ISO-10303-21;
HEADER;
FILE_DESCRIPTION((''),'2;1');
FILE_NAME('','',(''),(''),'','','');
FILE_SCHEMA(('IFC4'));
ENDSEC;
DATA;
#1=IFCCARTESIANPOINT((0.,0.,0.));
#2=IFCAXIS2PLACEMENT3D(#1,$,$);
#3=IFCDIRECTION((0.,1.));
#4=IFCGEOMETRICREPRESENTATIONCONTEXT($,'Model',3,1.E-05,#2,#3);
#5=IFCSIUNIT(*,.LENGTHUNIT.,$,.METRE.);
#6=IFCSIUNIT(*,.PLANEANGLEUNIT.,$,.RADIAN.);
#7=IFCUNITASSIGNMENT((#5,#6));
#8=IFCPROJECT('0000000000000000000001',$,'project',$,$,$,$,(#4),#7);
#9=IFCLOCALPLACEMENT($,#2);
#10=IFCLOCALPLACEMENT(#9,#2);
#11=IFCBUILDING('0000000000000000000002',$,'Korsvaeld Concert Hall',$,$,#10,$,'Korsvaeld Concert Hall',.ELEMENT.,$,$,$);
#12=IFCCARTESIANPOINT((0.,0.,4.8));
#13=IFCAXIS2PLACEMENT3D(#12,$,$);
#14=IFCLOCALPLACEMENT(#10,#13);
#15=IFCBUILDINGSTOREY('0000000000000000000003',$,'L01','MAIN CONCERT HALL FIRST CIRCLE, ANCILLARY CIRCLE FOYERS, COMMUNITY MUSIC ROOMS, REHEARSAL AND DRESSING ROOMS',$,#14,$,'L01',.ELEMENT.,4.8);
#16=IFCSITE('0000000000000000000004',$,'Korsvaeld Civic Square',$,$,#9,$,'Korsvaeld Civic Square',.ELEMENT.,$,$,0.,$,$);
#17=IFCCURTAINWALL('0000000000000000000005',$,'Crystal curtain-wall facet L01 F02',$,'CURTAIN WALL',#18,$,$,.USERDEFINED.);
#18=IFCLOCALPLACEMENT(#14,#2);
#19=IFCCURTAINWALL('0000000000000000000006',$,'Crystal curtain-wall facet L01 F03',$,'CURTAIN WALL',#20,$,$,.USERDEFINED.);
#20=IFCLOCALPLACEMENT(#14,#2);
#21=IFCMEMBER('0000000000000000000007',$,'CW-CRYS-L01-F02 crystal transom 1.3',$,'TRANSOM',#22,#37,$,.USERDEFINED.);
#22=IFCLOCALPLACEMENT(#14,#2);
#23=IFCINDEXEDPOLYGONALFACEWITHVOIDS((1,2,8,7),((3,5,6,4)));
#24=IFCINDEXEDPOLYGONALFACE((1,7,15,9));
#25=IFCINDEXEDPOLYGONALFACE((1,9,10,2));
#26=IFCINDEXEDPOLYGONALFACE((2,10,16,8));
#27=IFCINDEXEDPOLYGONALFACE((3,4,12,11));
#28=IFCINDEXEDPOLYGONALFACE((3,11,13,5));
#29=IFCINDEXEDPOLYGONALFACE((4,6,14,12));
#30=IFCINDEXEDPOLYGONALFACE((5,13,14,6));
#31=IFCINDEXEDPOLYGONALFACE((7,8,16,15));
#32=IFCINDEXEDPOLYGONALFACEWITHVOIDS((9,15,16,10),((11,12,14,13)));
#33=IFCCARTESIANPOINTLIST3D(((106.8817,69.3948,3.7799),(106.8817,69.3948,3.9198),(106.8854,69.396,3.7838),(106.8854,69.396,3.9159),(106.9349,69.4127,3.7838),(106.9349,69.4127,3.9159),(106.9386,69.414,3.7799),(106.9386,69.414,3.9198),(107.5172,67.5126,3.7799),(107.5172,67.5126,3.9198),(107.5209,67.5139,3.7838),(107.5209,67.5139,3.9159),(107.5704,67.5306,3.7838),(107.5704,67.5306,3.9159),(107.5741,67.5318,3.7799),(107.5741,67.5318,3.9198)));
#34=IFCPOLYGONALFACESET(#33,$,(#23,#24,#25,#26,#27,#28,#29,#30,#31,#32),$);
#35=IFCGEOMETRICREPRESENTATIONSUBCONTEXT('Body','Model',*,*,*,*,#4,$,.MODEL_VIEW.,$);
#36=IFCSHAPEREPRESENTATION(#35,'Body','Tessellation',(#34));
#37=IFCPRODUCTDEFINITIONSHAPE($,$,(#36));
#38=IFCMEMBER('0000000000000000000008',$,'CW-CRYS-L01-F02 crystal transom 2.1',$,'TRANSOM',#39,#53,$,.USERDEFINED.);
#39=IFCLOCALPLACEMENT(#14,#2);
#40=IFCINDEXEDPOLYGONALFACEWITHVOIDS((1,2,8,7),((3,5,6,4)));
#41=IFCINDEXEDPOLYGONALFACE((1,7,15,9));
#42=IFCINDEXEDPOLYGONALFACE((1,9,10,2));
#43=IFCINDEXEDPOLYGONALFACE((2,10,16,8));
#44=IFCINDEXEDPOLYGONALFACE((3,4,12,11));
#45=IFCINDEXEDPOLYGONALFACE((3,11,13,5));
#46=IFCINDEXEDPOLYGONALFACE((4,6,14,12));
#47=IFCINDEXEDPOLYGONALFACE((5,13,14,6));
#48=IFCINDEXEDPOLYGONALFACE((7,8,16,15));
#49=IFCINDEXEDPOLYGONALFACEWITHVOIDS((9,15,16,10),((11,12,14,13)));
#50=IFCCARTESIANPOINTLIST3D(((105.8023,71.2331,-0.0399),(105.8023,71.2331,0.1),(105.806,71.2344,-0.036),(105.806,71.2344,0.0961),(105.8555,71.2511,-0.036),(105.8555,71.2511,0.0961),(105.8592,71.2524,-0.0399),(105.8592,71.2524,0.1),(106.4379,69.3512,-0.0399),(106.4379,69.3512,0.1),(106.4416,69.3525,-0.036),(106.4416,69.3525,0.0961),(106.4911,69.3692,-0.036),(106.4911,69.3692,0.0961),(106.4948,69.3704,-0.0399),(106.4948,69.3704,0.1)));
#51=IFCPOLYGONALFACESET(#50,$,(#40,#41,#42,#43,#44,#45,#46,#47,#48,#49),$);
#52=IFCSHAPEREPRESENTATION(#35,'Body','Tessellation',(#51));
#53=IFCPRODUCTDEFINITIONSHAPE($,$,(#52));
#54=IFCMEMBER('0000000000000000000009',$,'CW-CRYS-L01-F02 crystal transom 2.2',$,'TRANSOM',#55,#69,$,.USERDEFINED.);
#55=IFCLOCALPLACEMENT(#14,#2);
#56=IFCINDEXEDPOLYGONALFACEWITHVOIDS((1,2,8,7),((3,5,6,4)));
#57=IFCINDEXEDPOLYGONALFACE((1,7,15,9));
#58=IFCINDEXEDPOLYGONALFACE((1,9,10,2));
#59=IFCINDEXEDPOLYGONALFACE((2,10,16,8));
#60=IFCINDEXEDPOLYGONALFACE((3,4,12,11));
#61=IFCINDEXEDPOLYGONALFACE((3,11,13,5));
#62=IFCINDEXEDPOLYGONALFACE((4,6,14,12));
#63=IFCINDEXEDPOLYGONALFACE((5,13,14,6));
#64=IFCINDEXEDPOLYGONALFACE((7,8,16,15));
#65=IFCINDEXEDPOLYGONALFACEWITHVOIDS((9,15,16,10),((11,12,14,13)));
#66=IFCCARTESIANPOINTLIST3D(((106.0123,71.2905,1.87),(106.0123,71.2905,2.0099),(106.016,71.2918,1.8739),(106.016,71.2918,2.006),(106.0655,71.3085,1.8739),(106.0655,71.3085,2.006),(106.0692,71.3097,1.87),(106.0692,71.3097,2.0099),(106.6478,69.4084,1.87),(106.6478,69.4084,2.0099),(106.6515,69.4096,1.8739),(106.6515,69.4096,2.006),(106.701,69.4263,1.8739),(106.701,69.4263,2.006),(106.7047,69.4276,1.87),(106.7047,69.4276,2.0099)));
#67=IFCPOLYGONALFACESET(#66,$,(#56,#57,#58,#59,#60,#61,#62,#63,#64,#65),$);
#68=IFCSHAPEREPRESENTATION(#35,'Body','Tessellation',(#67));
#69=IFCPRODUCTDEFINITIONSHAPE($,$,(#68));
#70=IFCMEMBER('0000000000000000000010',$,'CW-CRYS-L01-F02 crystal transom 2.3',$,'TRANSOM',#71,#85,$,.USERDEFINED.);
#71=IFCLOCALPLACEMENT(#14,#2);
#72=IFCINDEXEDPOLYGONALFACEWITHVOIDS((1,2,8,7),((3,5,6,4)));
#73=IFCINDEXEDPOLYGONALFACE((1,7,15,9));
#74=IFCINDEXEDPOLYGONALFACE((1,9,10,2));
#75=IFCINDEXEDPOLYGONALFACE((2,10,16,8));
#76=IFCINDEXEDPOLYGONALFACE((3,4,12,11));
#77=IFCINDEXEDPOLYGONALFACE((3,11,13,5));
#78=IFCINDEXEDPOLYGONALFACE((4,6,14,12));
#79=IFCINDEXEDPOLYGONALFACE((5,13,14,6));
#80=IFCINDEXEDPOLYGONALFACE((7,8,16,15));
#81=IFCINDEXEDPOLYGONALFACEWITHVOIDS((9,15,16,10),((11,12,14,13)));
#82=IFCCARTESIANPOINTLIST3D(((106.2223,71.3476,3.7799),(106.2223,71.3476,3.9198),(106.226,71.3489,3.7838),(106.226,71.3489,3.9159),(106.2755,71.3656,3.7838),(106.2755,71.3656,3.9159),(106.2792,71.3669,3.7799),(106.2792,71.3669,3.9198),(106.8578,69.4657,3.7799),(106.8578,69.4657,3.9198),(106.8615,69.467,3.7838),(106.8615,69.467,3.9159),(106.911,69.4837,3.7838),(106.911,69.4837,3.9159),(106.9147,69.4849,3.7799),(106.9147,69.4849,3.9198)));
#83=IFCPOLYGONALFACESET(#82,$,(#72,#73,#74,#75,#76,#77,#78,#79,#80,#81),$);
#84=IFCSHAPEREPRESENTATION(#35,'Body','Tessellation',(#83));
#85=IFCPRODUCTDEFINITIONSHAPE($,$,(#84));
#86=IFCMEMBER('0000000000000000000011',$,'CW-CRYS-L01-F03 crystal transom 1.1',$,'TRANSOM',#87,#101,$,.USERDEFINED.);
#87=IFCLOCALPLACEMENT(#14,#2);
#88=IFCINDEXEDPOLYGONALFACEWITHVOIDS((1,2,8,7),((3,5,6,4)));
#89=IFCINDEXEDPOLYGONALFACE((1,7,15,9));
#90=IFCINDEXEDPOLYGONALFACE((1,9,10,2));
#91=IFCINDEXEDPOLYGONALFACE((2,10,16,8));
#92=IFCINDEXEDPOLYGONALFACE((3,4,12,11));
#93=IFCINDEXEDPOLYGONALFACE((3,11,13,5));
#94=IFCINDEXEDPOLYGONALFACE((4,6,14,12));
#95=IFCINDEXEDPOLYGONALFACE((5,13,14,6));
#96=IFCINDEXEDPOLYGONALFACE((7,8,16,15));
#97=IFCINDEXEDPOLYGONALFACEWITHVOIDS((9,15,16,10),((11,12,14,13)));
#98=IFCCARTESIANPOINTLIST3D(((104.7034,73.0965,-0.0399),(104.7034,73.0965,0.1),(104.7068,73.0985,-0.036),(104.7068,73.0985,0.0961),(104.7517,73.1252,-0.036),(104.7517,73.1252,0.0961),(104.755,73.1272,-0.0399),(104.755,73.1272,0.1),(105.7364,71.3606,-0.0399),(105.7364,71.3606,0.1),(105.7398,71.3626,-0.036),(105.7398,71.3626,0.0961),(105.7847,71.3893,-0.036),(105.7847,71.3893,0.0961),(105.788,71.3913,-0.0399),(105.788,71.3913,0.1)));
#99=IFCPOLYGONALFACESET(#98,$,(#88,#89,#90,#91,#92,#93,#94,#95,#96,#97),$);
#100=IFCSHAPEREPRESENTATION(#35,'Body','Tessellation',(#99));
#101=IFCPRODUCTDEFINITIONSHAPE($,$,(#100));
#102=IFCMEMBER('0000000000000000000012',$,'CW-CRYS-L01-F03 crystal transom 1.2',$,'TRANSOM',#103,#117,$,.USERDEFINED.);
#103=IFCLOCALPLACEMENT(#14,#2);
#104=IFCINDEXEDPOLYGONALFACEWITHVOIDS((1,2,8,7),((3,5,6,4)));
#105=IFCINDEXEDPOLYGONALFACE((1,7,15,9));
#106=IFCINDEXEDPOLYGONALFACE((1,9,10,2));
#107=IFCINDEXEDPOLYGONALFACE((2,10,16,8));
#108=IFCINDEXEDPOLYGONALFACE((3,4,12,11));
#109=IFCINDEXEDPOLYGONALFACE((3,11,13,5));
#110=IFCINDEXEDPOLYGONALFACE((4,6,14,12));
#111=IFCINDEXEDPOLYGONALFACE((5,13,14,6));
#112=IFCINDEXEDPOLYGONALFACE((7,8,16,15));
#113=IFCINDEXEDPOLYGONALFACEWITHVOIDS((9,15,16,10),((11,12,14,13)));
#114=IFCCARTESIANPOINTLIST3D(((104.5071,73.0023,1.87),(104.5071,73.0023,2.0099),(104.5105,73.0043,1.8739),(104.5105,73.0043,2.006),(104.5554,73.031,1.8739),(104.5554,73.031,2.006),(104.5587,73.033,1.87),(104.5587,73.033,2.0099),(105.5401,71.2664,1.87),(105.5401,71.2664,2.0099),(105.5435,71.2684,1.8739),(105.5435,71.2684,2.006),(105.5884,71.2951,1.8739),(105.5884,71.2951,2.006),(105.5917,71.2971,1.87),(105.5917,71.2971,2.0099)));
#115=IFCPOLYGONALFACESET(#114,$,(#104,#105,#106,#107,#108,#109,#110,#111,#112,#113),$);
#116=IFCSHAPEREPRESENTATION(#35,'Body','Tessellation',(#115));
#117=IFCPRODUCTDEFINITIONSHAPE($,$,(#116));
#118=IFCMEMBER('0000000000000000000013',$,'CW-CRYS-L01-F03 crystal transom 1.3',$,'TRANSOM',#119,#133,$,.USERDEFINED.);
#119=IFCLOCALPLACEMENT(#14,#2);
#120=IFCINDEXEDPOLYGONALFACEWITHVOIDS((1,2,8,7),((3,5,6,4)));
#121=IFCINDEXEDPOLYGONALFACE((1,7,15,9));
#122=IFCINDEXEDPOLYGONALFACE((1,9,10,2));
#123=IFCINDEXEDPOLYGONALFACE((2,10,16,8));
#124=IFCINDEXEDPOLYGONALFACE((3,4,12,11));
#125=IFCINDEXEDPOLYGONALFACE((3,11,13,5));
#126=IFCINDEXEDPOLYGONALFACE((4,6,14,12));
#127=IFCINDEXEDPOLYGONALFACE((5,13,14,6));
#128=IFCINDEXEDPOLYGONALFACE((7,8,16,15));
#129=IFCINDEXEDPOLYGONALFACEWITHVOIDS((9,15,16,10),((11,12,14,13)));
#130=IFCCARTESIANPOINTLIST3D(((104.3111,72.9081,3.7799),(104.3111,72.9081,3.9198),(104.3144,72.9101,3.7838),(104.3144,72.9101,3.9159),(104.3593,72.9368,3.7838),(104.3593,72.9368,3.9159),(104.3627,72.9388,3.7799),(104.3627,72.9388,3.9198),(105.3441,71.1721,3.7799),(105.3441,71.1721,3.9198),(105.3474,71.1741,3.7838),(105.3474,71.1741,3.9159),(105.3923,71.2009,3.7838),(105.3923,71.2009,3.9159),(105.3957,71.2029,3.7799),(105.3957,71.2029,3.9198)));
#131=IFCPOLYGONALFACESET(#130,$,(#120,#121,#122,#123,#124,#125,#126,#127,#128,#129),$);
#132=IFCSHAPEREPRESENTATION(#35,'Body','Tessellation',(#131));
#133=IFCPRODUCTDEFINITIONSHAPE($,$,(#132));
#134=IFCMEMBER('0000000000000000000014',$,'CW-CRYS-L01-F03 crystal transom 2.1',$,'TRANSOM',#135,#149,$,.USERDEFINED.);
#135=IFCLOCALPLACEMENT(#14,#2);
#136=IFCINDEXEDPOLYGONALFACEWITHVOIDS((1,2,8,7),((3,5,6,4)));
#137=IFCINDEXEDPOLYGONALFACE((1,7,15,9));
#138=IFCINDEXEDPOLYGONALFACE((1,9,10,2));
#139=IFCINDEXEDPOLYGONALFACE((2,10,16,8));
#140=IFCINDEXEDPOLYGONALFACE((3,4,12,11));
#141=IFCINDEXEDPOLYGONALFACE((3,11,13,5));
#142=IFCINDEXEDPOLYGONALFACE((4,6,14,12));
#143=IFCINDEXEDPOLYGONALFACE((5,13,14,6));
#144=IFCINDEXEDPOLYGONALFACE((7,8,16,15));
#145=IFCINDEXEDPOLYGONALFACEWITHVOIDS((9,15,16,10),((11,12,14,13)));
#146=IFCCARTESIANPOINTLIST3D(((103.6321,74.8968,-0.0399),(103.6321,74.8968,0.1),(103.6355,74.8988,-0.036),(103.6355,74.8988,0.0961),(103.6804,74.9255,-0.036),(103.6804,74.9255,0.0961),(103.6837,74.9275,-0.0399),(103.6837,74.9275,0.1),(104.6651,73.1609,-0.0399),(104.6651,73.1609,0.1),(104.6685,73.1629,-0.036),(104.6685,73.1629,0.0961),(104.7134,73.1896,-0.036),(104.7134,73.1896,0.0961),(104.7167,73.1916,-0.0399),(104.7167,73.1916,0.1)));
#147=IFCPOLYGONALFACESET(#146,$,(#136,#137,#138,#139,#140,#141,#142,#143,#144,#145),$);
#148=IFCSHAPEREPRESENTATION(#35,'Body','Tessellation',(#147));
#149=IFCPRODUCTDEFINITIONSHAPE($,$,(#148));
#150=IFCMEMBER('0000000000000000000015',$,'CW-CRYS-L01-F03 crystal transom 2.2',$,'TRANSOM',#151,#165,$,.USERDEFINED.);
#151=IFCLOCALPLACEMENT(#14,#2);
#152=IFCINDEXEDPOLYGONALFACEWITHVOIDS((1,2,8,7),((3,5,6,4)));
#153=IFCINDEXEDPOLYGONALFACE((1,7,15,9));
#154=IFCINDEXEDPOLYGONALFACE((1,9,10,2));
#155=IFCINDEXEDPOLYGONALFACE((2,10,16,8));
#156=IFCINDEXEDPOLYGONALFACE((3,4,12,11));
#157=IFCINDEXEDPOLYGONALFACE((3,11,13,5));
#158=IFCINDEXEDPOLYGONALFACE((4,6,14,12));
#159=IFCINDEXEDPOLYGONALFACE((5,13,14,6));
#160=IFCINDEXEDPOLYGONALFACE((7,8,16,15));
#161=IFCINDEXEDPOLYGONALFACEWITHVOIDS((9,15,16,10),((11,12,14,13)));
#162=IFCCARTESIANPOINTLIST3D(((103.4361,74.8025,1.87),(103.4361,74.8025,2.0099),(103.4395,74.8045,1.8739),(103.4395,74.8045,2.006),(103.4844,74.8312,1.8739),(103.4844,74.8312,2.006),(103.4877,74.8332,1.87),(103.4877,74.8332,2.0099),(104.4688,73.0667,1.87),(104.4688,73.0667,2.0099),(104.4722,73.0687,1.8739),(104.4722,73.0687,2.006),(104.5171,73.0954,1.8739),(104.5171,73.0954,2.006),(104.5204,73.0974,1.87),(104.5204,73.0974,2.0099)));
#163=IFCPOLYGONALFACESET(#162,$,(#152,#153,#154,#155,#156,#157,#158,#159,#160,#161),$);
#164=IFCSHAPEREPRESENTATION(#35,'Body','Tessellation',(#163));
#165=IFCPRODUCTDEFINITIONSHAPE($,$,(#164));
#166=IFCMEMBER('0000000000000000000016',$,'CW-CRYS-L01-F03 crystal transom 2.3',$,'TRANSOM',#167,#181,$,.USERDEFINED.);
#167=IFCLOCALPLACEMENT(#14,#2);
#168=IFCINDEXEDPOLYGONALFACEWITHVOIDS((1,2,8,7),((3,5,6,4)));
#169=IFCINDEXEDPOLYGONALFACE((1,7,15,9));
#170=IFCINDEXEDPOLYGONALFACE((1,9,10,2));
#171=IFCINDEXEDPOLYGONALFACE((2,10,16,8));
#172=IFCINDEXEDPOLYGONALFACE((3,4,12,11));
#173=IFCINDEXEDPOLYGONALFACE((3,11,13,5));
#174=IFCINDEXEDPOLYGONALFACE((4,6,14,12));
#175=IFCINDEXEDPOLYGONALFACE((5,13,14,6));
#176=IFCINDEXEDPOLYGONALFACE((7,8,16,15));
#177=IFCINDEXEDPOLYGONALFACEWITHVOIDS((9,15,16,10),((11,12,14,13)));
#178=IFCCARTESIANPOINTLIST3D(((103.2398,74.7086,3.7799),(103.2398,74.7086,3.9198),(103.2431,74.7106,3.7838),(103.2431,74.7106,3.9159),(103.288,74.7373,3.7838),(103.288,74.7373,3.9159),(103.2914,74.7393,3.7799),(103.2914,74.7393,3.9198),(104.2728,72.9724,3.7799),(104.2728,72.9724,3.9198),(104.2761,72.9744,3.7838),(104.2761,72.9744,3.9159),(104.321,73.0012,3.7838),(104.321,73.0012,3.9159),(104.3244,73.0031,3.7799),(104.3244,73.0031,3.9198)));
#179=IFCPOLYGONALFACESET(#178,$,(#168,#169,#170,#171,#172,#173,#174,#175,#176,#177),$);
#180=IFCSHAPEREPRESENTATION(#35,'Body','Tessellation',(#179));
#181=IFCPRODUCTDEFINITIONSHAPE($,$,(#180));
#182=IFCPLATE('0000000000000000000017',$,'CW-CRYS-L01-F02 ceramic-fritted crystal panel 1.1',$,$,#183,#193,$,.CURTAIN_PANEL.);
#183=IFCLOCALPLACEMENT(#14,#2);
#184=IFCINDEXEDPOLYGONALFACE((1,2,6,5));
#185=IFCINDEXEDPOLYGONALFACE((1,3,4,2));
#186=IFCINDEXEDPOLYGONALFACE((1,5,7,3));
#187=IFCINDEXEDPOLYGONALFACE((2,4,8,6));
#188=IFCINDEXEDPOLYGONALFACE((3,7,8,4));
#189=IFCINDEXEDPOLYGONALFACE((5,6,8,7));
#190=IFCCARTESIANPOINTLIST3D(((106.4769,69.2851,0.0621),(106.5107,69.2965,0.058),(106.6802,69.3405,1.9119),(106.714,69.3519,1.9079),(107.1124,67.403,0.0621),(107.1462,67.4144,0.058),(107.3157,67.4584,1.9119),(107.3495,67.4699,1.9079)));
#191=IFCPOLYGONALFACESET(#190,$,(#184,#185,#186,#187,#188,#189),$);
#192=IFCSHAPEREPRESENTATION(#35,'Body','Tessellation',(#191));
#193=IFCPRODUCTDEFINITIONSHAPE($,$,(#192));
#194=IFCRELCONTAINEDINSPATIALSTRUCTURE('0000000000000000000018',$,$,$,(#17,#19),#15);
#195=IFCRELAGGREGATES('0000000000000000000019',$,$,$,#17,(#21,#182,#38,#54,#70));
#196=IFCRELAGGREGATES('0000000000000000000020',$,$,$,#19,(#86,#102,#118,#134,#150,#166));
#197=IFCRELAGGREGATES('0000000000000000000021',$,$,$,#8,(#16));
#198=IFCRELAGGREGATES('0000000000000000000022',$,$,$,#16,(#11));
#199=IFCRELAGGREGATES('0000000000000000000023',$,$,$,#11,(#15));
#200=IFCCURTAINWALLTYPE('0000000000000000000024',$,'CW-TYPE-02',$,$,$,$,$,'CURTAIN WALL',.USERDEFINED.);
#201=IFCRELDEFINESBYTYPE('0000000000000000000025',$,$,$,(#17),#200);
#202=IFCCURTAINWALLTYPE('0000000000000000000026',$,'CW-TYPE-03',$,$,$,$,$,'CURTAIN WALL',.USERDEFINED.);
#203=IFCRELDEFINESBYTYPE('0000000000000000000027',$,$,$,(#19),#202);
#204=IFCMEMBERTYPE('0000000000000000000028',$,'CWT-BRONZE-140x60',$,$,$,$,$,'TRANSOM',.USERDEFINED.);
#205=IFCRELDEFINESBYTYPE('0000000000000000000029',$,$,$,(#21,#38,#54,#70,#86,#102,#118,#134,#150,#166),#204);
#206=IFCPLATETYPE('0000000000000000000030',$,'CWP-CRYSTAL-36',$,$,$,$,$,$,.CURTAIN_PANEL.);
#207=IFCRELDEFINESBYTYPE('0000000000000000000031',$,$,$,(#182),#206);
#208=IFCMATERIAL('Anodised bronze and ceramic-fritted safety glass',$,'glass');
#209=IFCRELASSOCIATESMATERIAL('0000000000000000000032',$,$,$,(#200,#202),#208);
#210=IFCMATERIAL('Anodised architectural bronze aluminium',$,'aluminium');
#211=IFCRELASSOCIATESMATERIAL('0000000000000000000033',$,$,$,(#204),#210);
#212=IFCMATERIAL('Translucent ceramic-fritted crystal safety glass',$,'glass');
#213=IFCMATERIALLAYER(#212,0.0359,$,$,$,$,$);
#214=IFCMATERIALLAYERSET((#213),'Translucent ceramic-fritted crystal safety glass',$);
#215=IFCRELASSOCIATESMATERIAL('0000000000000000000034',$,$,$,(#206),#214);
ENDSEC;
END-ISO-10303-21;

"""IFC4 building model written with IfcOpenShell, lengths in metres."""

from ifc_helpers import new_model, si_unit, direction, frame, origin, origin_2d, place, context, subcontext, project, spatial, polyline, hollow_rectangle, outline, extrude, material, layer, layer_set, material_profile, profile_set, type_object, element, aggregate, save


model = new_model("IFC4")

# Units and contexts
model_context = context("Model", 3, precision=1e-05, world=origin(), true_north=direction((0.0, 1.0)))
body_context = subcontext(model_context, "Body", "Model", "MODEL_VIEW")
ifc_project = project(units=[si_unit("LENGTHUNIT", "METRE"), si_unit("PLANEANGLEUNIT", "RADIAN")], contexts=[model_context])

# Site, building, storey
site_placement = place(None, origin())
site = spatial("IfcSite", under=ifc_project, at=site_placement, Name="Korsvaeld Civic Square", LongName="Korsvaeld Civic Square", CompositionType="ELEMENT", RefElevation=0.0)
building_placement = place(site_placement, origin())
building = spatial("IfcBuilding", under=site, at=building_placement, Name="Korsvaeld Concert Hall", LongName="Korsvaeld Concert Hall", CompositionType="ELEMENT")
storey_placement = place(building_placement, frame((0.0, 0.0, 4.8)))
storey = spatial("IfcBuildingStorey", under=building, at=storey_placement, Name="L01", Description="MAIN CONCERT HALL FIRST CIRCLE, ANCILLARY CIRCLE FOYERS, COMMUNITY MUSIC ROOMS, REHEARSAL AND DRESSING ROOMS", LongName="L01", CompositionType="ELEMENT", Elevation=4.8)

# Curtain walls
ifc_material_1 = material(Name="Anodised bronze and ceramic-fritted safety glass", Category="glass")
curtain_wall_type_1 = type_object("IfcCurtainWallType", Name="CW-TYPE-02", ElementType="CURTAIN WALL", PredefinedType="USERDEFINED", material=ifc_material_1)
curtain_wall_1_placement = place(storey_placement, origin())
curtain_wall_1 = element("IfcCurtainWall", 1, at=curtain_wall_1_placement, inside=storey, type_object=curtain_wall_type_1, Name="Crystal curtain-wall facet L01 F02", ObjectType="CURTAIN WALL", PredefinedType="USERDEFINED")
ifc_material_2 = material(Name="Anodised architectural bronze aluminium", Category="aluminium")
curtain_wall_type_2 = type_object("IfcCurtainWallType", Name="CW-TYPE-03", ElementType="CURTAIN WALL", PredefinedType="USERDEFINED", material=ifc_material_1)
curtain_wall_2_placement = place(storey_placement, origin())
curtain_wall_2 = element("IfcCurtainWall", 2, at=curtain_wall_2_placement, inside=storey, type_object=curtain_wall_type_2, Name="Crystal curtain-wall facet L01 F03", ObjectType="CURTAIN WALL", PredefinedType="USERDEFINED")

# Members
ifc_material_profile_1 = material_profile(ifc_material_2, hollow_rectangle(XDim=0.0601, YDim=0.1399, WallThickness=0.0039, at=origin_2d()), Name="CWT 140x60x4")
ifc_profile_set_1 = profile_set([ifc_material_profile_1], Name="Anodised architectural bronze aluminium")
member_type_1 = type_object("IfcMemberType", Name="CWT-BRONZE-140x60", ElementType="TRANSOM", PredefinedType="USERDEFINED", material=ifc_profile_set_1)
member_1_placement = place(storey_placement, frame((107.5457, 67.5222, 3.8499), z_axis=(-0.319912, 0.947447, 0.0), x_axis=(-0.947447, -0.319912, 0.0)))
member_1 = element("IfcMember", 3, at=member_1_placement, type_object=member_type_1, Name="CW-CRYS-L01-F02 crystal transom 1.3", ObjectType="TRANSOM", PredefinedType="USERDEFINED", context=body_context, shape_type="SweptSolid", body=[
    extrude(hollow_rectangle(XDim=0.0601, YDim=0.1399, WallThickness=0.0039, at=origin_2d()), origin(), (0.0, 0.0, 1.0), 1.9866),
])
member_2_placement = place(storey_placement, frame((106.4663, 69.3608, 0.03), z_axis=(-0.31995, 0.947435, 0.0), x_axis=(-0.947435, -0.31995, 0.0)))
member_2 = element("IfcMember", 4, at=member_2_placement, type_object=member_type_1, Name="CW-CRYS-L01-F02 crystal transom 2.1", ObjectType="TRANSOM", PredefinedType="USERDEFINED", context=body_context, shape_type="SweptSolid", body=[
    extrude(hollow_rectangle(XDim=0.0601, YDim=0.1399, WallThickness=0.0039, at=origin_2d()), origin(), (0.0, 0.0, 1.0), 1.9863),
])
member_3_placement = place(storey_placement, frame((106.6763, 69.418, 1.9399), z_axis=(-0.319912, 0.947447, 0.0), x_axis=(-0.947447, -0.319912, 0.0)))
member_3 = element("IfcMember", 5, at=member_3_placement, type_object=member_type_1, Name="CW-CRYS-L01-F02 crystal transom 2.2", ObjectType="TRANSOM", PredefinedType="USERDEFINED", context=body_context, shape_type="SweptSolid", body=[
    extrude(hollow_rectangle(XDim=0.0601, YDim=0.1399, WallThickness=0.0039, at=origin_2d()), origin(), (0.0, 0.0, 1.0), 1.9866),
])
member_4_placement = place(storey_placement, frame((106.8862, 69.4753, 3.8499), z_axis=(-0.31995, 0.947435, 0.0), x_axis=(-0.947435, -0.31995, 0.0)))
member_4 = element("IfcMember", 6, at=member_4_placement, type_object=member_type_1, Name="CW-CRYS-L01-F02 crystal transom 2.3", ObjectType="TRANSOM", PredefinedType="USERDEFINED", context=body_context, shape_type="SweptSolid", body=[
    extrude(hollow_rectangle(XDim=0.0601, YDim=0.1399, WallThickness=0.0039, at=origin_2d()), origin(), (0.0, 0.0, 1.0), 1.9863),
])
member_5_placement = place(storey_placement, frame((105.7622, 71.376, 0.03), z_axis=(-0.511382, 0.859354, 0.0), x_axis=(-0.859354, -0.511382, 0.0)))
member_5 = element("IfcMember", 7, at=member_5_placement, type_object=member_type_1, Name="CW-CRYS-L01-F03 crystal transom 1.1", ObjectType="TRANSOM", PredefinedType="USERDEFINED", context=body_context, shape_type="SweptSolid", body=[
    extrude(hollow_rectangle(XDim=0.0601, YDim=0.1399, WallThickness=0.0039, at=origin_2d()), origin(), (0.0, 0.0, 1.0), 2.02),
])
member_6_placement = place(storey_placement, frame((105.5659, 71.2817, 1.9399), z_axis=(-0.511382, 0.859354, 0.0), x_axis=(-0.859354, -0.511382, 0.0)))
member_6 = element("IfcMember", 8, at=member_6_placement, type_object=member_type_1, Name="CW-CRYS-L01-F03 crystal transom 1.2", ObjectType="TRANSOM", PredefinedType="USERDEFINED", context=body_context, shape_type="SweptSolid", body=[
    extrude(hollow_rectangle(XDim=0.0601, YDim=0.1399, WallThickness=0.0039, at=origin_2d()), origin(), (0.0, 0.0, 1.0), 2.02),
])
member_7_placement = place(storey_placement, frame((105.3699, 71.1875, 3.8499), z_axis=(-0.511382, 0.859354, 0.0), x_axis=(-0.859354, -0.511382, 0.0)))
member_7 = element("IfcMember", 9, at=member_7_placement, type_object=member_type_1, Name="CW-CRYS-L01-F03 crystal transom 1.3", ObjectType="TRANSOM", PredefinedType="USERDEFINED", context=body_context, shape_type="SweptSolid", body=[
    extrude(hollow_rectangle(XDim=0.0601, YDim=0.1399, WallThickness=0.0039, at=origin_2d()), origin(), (0.0, 0.0, 1.0), 2.02),
])
member_8_placement = place(storey_placement, frame((104.6909, 73.1763, 0.03), z_axis=(-0.511382, 0.859354, 0.0), x_axis=(-0.859354, -0.511382, 0.0)))
member_8 = element("IfcMember", 10, at=member_8_placement, type_object=member_type_1, Name="CW-CRYS-L01-F03 crystal transom 2.1", ObjectType="TRANSOM", PredefinedType="USERDEFINED", context=body_context, shape_type="SweptSolid", body=[
    extrude(hollow_rectangle(XDim=0.0601, YDim=0.1399, WallThickness=0.0039, at=origin_2d()), origin(), (0.0, 0.0, 1.0), 2.02),
])
member_9_placement = place(storey_placement, frame((104.4946, 73.082, 1.9399), z_axis=(-0.511293, 0.859407, 0.0), x_axis=(-0.859407, -0.511293, 0.0)))
member_9 = element("IfcMember", 11, at=member_9_placement, type_object=member_type_1, Name="CW-CRYS-L01-F03 crystal transom 2.2", ObjectType="TRANSOM", PredefinedType="USERDEFINED", context=body_context, shape_type="SweptSolid", body=[
    extrude(hollow_rectangle(XDim=0.0601, YDim=0.1399, WallThickness=0.0039, at=origin_2d()), origin(), (0.0, 0.0, 1.0), 2.0198),
])
member_10_placement = place(storey_placement, frame((104.2986, 72.9878, 3.8499), z_axis=(-0.511329, 0.859385, 0.0), x_axis=(-0.859385, -0.511329, 0.0)))
member_10 = element("IfcMember", 12, at=member_10_placement, type_object=member_type_1, Name="CW-CRYS-L01-F03 crystal transom 2.3", ObjectType="TRANSOM", PredefinedType="USERDEFINED", context=body_context, shape_type="SweptSolid", body=[
    extrude(hollow_rectangle(XDim=0.0601, YDim=0.1399, WallThickness=0.0039, at=origin_2d()), origin(), (0.0, 0.0, 1.0), 2.0203),
])

# Plate
ifc_material_3 = material(Name="Translucent ceramic-fritted crystal safety glass", Category="glass")
ifc_layer = layer(ifc_material_3, 0.0359)
ifc_layer_set = layer_set([ifc_layer], Name="Translucent ceramic-fritted crystal safety glass")
plate_type = type_object("IfcPlateType", Name="CWP-CRYSTAL-36", PredefinedType="CURTAIN_PANEL", material=ifc_layer_set)
plate_1_placement = place(storey_placement, frame((107.1292, 67.4087, 0.0601), z_axis=(0.941377, 0.317863, -0.113016), x_axis=(-0.319912, 0.947447, 0.0)))
plate_1 = element("IfcPlate", 13, at=plate_1_placement, type_object=plate_type, Name="CW-CRYS-L01-F02 ceramic-fritted crystal panel 1.1", PredefinedType="CURTAIN_PANEL", context=body_context, shape_type="SweptSolid", body=[
    extrude(outline(polyline([(0.0, 0.0), (1.9865, 0.0), (1.9739, 1.8618), (-0.0126, 1.8618), (0.0, 0.0)])), frame((0.0, 0.0, 0.0181)), (0.0, 0.0, -1.0), 0.0359),
])
aggregate(curtain_wall_1, [member_1, plate_1, member_2, member_3, member_4])
aggregate(curtain_wall_2, [member_5, member_6, member_7, member_8, member_9, member_10])

save(model, "model.ifc")
